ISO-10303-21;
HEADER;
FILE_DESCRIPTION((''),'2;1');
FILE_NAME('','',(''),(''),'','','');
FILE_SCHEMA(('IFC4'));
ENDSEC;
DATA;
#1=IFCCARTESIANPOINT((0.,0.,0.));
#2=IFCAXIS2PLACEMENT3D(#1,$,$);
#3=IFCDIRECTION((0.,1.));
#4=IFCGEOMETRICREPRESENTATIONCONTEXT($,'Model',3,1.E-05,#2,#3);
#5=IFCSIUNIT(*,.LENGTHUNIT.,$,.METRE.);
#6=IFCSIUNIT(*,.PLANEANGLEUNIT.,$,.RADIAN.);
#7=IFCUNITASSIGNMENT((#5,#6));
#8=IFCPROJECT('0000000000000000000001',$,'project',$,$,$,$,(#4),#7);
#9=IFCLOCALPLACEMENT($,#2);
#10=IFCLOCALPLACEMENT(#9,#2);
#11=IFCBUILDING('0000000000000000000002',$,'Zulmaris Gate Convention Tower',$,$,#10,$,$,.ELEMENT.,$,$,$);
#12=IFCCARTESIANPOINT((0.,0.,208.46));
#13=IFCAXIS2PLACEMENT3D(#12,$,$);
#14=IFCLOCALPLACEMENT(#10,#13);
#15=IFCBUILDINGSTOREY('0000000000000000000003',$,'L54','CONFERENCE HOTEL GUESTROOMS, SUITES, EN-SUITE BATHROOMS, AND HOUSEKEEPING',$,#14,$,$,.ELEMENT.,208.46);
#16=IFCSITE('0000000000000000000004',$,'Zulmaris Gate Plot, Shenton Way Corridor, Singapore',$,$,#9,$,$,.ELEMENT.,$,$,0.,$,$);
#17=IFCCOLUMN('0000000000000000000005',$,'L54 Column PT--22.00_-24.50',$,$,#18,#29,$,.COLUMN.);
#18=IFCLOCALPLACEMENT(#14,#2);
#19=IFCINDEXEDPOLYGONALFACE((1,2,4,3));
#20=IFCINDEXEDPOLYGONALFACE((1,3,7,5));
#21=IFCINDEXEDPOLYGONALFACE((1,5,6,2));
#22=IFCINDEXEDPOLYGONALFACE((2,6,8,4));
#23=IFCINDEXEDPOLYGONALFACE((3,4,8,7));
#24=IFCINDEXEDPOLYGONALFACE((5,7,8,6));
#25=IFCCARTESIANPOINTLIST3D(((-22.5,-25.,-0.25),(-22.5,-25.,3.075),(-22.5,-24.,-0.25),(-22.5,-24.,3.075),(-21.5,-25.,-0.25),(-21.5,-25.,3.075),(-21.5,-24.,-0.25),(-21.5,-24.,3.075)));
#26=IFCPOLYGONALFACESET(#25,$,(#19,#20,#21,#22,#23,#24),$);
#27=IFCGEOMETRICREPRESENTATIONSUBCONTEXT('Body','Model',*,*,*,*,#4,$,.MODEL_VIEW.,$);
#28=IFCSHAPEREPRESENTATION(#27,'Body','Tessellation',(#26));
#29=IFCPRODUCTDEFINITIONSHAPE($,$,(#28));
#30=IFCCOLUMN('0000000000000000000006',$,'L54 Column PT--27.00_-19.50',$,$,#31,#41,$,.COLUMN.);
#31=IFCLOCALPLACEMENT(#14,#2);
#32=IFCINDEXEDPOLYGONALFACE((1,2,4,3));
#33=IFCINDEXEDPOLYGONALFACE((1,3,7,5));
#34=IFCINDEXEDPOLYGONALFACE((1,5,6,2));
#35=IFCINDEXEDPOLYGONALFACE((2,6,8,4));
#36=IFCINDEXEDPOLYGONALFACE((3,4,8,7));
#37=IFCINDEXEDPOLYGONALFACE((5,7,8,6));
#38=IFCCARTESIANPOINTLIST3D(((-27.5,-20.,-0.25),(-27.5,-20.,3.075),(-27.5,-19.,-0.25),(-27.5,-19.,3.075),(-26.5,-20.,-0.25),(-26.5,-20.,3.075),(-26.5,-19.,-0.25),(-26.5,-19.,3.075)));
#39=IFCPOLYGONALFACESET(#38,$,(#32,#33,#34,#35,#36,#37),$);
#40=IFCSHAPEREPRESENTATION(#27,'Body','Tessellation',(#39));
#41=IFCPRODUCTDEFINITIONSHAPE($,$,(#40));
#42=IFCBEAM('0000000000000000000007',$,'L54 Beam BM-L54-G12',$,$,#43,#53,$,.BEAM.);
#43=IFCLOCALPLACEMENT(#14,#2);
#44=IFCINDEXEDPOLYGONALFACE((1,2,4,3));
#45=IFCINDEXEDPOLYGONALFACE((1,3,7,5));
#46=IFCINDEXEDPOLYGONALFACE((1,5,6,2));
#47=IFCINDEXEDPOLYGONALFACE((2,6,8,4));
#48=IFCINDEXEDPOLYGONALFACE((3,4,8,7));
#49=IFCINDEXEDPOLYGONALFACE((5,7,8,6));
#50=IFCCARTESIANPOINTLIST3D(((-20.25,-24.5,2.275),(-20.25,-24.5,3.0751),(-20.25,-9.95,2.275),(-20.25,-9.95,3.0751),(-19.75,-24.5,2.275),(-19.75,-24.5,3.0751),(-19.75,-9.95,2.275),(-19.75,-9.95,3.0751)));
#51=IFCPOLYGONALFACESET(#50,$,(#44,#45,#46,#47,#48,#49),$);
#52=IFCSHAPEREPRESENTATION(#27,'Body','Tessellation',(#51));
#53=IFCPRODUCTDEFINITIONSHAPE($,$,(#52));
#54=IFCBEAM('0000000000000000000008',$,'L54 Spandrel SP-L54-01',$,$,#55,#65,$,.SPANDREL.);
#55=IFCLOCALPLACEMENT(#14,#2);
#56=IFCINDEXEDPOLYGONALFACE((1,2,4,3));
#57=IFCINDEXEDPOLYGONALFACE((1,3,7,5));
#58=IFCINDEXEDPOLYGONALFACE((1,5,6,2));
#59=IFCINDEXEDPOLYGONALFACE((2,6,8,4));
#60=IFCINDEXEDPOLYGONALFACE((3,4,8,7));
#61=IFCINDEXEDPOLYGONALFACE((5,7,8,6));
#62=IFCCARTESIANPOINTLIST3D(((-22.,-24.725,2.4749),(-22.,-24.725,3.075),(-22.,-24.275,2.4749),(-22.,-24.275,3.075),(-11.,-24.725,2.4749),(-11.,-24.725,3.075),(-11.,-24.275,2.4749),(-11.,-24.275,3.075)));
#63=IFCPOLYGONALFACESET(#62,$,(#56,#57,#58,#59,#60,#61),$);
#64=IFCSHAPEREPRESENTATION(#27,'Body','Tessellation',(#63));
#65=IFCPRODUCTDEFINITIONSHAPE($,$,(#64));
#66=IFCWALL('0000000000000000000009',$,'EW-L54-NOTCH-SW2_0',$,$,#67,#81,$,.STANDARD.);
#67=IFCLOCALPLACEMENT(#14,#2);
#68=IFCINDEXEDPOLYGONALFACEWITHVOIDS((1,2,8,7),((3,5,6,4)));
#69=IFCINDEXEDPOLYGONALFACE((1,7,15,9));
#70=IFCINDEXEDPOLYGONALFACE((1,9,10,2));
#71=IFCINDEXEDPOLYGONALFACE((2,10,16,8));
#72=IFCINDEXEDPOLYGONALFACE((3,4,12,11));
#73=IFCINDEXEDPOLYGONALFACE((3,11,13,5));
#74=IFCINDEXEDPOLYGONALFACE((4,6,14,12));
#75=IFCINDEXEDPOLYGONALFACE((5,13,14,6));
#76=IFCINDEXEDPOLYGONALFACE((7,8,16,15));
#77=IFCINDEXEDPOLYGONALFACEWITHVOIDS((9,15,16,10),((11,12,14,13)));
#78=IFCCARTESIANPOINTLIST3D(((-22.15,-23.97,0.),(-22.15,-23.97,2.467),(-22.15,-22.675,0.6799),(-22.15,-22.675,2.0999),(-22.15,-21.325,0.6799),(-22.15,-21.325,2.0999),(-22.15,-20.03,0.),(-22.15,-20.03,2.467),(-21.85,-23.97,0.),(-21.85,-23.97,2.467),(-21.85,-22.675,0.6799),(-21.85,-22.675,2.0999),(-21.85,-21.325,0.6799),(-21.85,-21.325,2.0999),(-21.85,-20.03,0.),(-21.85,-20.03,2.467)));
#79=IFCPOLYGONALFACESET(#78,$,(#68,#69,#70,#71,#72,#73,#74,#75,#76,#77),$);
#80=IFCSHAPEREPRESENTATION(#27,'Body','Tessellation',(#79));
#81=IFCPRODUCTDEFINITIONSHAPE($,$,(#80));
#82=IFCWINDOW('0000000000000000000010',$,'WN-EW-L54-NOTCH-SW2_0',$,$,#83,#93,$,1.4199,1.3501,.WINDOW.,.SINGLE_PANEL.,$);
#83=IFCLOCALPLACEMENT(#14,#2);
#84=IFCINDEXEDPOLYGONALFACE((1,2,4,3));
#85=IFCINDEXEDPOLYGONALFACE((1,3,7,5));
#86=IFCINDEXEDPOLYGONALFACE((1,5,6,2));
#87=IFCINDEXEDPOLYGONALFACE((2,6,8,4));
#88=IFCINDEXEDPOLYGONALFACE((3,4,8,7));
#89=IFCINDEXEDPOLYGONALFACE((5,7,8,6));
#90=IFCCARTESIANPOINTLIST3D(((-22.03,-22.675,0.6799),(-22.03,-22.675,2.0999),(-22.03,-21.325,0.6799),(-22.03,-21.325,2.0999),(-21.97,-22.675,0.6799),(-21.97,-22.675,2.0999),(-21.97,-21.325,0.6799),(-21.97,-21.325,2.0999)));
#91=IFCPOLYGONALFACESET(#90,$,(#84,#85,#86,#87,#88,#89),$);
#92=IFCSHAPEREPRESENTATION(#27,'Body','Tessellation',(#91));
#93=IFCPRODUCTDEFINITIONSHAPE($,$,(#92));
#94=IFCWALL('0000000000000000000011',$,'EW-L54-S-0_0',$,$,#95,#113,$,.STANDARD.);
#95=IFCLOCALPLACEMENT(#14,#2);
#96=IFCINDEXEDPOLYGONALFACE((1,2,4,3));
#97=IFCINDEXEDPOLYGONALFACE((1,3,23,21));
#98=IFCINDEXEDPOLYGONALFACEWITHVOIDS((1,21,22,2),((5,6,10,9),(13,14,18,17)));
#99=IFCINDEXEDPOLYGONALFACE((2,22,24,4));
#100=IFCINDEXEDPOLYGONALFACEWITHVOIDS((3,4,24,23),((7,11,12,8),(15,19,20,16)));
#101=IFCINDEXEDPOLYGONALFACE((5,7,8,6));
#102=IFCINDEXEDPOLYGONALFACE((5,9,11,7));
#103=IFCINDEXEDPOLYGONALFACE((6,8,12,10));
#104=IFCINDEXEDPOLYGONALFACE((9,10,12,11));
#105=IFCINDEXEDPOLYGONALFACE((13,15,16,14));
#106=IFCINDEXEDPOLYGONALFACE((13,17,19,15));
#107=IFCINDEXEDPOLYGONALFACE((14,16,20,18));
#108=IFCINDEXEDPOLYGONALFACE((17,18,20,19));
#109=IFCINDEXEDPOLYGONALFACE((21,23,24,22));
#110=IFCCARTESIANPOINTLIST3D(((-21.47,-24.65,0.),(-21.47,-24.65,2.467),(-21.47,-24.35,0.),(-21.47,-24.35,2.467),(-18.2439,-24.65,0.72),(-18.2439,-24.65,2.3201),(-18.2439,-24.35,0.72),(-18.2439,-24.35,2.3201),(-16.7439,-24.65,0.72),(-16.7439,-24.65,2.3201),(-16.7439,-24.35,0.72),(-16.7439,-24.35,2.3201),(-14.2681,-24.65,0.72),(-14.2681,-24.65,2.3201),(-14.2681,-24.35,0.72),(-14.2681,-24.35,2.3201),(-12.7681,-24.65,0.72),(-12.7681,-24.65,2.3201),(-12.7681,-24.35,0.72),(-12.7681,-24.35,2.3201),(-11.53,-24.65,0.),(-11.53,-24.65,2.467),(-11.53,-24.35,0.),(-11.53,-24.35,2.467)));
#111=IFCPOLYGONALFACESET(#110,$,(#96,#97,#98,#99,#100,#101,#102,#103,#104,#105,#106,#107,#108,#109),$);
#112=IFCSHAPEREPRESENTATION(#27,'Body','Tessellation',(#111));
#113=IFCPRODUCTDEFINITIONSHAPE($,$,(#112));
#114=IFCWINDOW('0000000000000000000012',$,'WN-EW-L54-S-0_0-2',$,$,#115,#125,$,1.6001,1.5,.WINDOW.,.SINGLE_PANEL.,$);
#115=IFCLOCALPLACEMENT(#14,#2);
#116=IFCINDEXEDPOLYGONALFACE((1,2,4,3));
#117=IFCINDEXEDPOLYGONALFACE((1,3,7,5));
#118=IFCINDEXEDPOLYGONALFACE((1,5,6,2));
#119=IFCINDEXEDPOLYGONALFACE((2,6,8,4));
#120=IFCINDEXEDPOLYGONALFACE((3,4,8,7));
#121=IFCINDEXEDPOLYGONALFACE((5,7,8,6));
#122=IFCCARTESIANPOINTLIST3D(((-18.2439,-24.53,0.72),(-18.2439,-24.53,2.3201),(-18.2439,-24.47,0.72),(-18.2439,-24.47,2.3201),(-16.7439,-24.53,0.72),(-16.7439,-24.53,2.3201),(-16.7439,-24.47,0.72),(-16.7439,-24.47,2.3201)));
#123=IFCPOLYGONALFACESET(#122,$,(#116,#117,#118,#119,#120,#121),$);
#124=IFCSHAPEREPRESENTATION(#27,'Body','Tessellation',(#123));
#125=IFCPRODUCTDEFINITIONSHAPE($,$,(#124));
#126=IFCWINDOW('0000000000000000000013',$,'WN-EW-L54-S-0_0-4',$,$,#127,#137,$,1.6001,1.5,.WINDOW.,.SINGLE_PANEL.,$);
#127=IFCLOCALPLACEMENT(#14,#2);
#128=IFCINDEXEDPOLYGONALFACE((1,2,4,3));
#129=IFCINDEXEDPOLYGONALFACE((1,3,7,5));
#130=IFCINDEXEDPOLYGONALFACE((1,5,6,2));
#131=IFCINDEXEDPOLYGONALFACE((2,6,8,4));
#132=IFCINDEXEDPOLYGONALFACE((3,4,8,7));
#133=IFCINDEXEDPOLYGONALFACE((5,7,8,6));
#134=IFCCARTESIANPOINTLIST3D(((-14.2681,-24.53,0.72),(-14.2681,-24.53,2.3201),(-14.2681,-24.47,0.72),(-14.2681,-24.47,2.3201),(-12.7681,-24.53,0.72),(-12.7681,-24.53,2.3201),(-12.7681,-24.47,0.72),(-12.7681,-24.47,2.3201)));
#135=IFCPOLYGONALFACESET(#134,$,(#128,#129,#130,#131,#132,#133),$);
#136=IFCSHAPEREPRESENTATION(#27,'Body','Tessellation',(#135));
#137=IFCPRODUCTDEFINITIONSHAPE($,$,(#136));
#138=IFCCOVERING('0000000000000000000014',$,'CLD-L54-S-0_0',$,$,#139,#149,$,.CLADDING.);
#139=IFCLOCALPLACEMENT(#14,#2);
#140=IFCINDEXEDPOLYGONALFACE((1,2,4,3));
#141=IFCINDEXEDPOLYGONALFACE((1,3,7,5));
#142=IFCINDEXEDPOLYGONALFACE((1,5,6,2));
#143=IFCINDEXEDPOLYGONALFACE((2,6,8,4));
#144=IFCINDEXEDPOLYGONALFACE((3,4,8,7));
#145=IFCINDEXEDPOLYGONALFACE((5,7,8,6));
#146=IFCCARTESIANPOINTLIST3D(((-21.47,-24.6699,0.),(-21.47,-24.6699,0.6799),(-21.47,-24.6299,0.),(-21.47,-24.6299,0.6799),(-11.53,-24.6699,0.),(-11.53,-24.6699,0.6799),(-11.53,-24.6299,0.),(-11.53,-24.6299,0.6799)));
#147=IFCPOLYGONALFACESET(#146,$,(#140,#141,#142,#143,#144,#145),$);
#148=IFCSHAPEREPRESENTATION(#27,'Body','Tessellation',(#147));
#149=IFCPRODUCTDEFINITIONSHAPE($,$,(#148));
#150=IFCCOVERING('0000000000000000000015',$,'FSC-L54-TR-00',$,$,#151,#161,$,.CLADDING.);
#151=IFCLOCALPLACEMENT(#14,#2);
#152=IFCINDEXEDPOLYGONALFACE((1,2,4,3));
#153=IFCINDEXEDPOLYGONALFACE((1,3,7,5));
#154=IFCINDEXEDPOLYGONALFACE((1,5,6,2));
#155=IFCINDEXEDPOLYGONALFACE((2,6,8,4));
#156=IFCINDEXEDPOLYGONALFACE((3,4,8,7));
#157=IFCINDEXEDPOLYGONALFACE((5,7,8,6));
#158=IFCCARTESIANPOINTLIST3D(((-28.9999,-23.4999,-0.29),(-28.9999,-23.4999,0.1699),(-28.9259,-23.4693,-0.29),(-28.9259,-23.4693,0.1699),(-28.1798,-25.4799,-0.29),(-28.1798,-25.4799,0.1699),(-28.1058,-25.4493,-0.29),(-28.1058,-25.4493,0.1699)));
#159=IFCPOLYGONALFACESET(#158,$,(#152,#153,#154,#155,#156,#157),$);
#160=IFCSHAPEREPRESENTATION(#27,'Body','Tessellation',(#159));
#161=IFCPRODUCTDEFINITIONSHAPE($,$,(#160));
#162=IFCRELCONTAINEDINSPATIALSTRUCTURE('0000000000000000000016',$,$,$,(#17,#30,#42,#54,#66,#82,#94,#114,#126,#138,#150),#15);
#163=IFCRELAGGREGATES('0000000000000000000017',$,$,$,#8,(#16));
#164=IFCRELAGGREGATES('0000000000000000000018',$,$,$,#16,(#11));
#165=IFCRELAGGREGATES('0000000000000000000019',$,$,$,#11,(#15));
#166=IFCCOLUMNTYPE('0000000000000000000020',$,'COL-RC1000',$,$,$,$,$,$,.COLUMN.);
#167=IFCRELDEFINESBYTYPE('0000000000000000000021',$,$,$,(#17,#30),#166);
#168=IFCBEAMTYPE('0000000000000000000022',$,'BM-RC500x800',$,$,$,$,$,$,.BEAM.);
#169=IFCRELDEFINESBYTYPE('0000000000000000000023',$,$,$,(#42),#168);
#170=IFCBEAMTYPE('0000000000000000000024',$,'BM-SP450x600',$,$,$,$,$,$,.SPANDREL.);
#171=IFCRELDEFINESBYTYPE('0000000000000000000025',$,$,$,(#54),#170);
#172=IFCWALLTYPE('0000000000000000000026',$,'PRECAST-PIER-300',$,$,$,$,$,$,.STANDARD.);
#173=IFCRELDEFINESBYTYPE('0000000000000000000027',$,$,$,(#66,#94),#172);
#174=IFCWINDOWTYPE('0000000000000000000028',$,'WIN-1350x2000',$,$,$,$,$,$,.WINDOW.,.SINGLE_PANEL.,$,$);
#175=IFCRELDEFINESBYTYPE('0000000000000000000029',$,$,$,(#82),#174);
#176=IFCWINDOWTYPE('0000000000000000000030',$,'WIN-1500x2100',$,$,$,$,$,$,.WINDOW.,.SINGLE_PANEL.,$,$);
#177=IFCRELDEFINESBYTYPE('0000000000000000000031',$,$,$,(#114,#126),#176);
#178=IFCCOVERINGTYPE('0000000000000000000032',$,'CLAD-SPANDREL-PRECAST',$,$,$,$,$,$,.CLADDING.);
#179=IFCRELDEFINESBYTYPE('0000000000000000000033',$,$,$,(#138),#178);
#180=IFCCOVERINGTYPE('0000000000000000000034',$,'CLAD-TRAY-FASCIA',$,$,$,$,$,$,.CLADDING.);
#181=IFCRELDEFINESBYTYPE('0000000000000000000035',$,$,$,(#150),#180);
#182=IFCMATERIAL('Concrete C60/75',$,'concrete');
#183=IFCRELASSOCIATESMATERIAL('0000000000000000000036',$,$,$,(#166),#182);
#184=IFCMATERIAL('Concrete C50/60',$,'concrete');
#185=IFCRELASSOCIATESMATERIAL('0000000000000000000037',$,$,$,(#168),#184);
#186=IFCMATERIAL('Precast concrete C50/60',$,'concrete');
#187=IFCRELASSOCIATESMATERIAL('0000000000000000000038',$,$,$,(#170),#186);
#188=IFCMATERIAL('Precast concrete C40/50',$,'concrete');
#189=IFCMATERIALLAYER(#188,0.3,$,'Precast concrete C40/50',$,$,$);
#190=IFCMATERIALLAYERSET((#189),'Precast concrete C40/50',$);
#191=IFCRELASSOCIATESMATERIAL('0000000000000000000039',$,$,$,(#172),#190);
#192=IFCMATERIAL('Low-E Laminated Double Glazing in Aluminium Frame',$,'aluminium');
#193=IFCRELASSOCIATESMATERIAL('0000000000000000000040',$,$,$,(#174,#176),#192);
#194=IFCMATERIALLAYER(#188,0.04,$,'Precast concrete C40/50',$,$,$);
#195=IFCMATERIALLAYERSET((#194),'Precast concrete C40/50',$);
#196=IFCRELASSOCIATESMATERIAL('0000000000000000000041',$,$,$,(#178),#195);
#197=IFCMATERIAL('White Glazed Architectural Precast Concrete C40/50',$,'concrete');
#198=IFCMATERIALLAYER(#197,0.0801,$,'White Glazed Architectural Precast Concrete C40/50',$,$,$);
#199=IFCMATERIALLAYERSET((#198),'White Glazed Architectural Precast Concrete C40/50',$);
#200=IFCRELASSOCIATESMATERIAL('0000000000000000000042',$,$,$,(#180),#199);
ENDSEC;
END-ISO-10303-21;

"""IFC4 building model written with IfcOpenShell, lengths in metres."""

from ifc_helpers import new_model, si_unit, direction, frame, frame_2d, origin, origin_2d, place, context, subcontext, project, spatial, rectangle, extrude, material, layer, layer_set, material_profile, profile_set, type_object, element, fill, save


model = new_model("IFC4")

# Units and contexts
model_context = context("Model", 3, precision=1e-05, world=origin(), true_north=direction((0.0, 1.0)))
body_context = subcontext(model_context, "Body", "Model", "MODEL_VIEW")
ifc_project = project(units=[si_unit("LENGTHUNIT", "METRE"), si_unit("PLANEANGLEUNIT", "RADIAN")], contexts=[model_context])

# Site, building, storey
site_placement = place(None, origin())
site = spatial("IfcSite", under=ifc_project, at=site_placement, Name="Zulmaris Gate Plot, Shenton Way Corridor, Singapore", CompositionType="ELEMENT", RefElevation=0.0)
building_placement = place(site_placement, origin())
building = spatial("IfcBuilding", under=site, at=building_placement, Name="Zulmaris Gate Convention Tower", CompositionType="ELEMENT")
storey_placement = place(building_placement, frame((0.0, 0.0, 208.46)))
storey = spatial("IfcBuildingStorey", under=building, at=storey_placement, Name="L54", Description="CONFERENCE HOTEL GUESTROOMS, SUITES, EN-SUITE BATHROOMS, AND HOUSEKEEPING", CompositionType="ELEMENT", Elevation=208.46)

# Columns
ifc_material_1 = material(Name="Concrete C60/75", Category="concrete")
ifc_material_profile_1 = material_profile(ifc_material_1, rectangle(XDim=1.0, YDim=1.0, at=origin_2d()), Name="RC COL 1000x1000")
ifc_profile_set_1 = profile_set([ifc_material_profile_1], Name="Concrete C60/75")
column_type = type_object("IfcColumnType", Name="COL-RC1000", PredefinedType="COLUMN", material=ifc_profile_set_1)
for number, where, z_axis, x_axis, name in (
    (1, (-22.0, -24.5, -0.25), (0.0, 0.0, 1.0), (1.0, 0.0, 0.0), "L54 Column PT--22.00_-24.50"),
    (2, (-27.0, -19.5, -0.25), (0.0, 0.0, 1.0), (1.0, 0.0, 0.0), "L54 Column PT--27.00_-19.50"),
):
    element("IfcColumn", number, at=place(storey_placement, frame(where, z_axis=z_axis, x_axis=x_axis)), inside=storey, type_object=column_type, Name=name, PredefinedType="COLUMN", context=body_context, shape_type="SweptSolid", body=[
        extrude(rectangle(XDim=1.0, YDim=1.0, at=origin_2d()), origin(), (0.0, 0.0, 1.0), 3.325),
    ])

# Beams
ifc_material_2 = material(Name="Concrete C50/60", Category="concrete")
ifc_material_profile_2 = material_profile(ifc_material_2, rectangle(XDim=0.5, YDim=0.8, at=origin_2d()), Name="RC BEAM 500x800")
ifc_profile_set_2 = profile_set([ifc_material_profile_2], Name="Concrete C50/60")
beam_type_1 = type_object("IfcBeamType", Name="BM-RC500x800", PredefinedType="BEAM", material=ifc_profile_set_2)
beam_1_placement = place(storey_placement, frame((-20.0, -24.5, 2.675), z_axis=(0.0, 1.0, 0.0), x_axis=(-1.0, 0.0, 0.0)))
element("IfcBeam", 3, at=beam_1_placement, inside=storey, type_object=beam_type_1, Name="L54 Beam BM-L54-G12", PredefinedType="BEAM", context=body_context, shape_type="SweptSolid", body=[
    extrude(rectangle(XDim=0.5, YDim=0.8, at=origin_2d()), origin(), (0.0, 0.0, 1.0), 14.55),
])
ifc_material_3 = material(Name="Precast concrete C50/60", Category="concrete")
ifc_material_profile_3 = material_profile(ifc_material_3, rectangle(XDim=0.45, YDim=0.6001, at=origin_2d()), Name="RC SPANDREL 450x600")
ifc_profile_set_3 = profile_set([ifc_material_profile_3], Name="Precast concrete C50/60")
beam_type_2 = type_object("IfcBeamType", Name="BM-SP450x600", PredefinedType="SPANDREL", material=ifc_profile_set_3)
beam_2_placement = place(storey_placement, frame((-22.0, -24.5, 2.7749), z_axis=(1.0, 0.0, 0.0), x_axis=(0.0, 1.0, 0.0)))
element("IfcBeam", 4, at=beam_2_placement, inside=storey, type_object=beam_type_2, Name="L54 Spandrel SP-L54-01", PredefinedType="SPANDREL", context=body_context, shape_type="SweptSolid", body=[
    extrude(rectangle(XDim=0.45, YDim=0.6001, at=origin_2d()), origin(), (0.0, 0.0, 1.0), 11.0),
])

# Wall, opening, window
ifc_material_4 = material(Name="Precast concrete C40/50", Category="concrete")
ifc_layer_1 = layer(ifc_material_4, 0.3, Name="Precast concrete C40/50")
ifc_layer_set_1 = layer_set([ifc_layer_1], Name="Precast concrete C40/50")
wall_type = type_object("IfcWallType", Name="PRECAST-PIER-300", PredefinedType="STANDARD", material=ifc_layer_set_1)
wall_1_placement = place(storey_placement, frame((-22.0, -20.03, 0.0), z_axis=(0.0, 0.0, 1.0), x_axis=(0.0, -1.0, 0.0)))
wall_1 = element("IfcWall", 5, at=wall_1_placement, inside=storey, type_object=wall_type, Name="EW-L54-NOTCH-SW2_0", PredefinedType="STANDARD", context=body_context, shape_type="SweptSolid", body=[
    extrude(rectangle(XDim=3.9399, YDim=0.3, at=frame_2d((1.97, 0.0))), origin(), (0.0, 0.0, 1.0), 2.467),
])
opening_1_placement = place(wall_1_placement, frame((1.2949, 0.0, 0.6799)))
opening_1 = element("IfcOpeningElement", 6, at=opening_1_placement, cuts=wall_1, PredefinedType="OPENING", context=body_context, shape_type="SweptSolid", body=[
    extrude(rectangle(XDim=1.3501, YDim=1.4199, at=frame_2d((0.675, 0.71))), frame((0.0, 0.1602, 0.0), z_axis=(0.0, -1.0, 0.0), x_axis=(1.0, 0.0, 0.0)), (0.0, 0.0, 1.0), 0.3201),
])
ifc_material_5 = material(Name="Low-E Laminated Double Glazing in Aluminium Frame", Category="aluminium")
window_type_1 = type_object("IfcWindowType", Name="WIN-1350x2000", PartitioningType="SINGLE_PANEL", PredefinedType="WINDOW", material=ifc_material_5)
window_1_placement = place(opening_1_placement, origin())
window_1 = element("IfcWindow", 7, at=window_1_placement, inside=storey, type_object=window_type_1, Name="WN-EW-L54-NOTCH-SW2_0", OverallHeight=1.4199, OverallWidth=1.3501, PartitioningType="SINGLE_PANEL", PredefinedType="WINDOW", context=body_context, shape_type="SweptSolid", body=[
    extrude(rectangle(XDim=1.3501, YDim=1.4199, at=frame_2d((0.675, 0.71))), frame((0.0, 0.03, 0.0), z_axis=(0.0, -1.0, 0.0), x_axis=(1.0, 0.0, 0.0)), (0.0, 0.0, 1.0), 0.0601),
])
fill(opening_1, window_1)

# Wall, openings, windows
wall_2_placement = place(storey_placement, frame((-21.47, -24.5, 0.0), z_axis=(0.0, 0.0, 1.0), x_axis=(1.0, 0.0, 0.0)))
wall_2 = element("IfcWall", 8, at=wall_2_placement, inside=storey, type_object=wall_type, Name="EW-L54-S-0_0", PredefinedType="STANDARD", context=body_context, shape_type="SweptSolid", body=[
    extrude(rectangle(XDim=9.9399, YDim=0.3, at=frame_2d((4.97, 0.0))), origin(), (0.0, 0.0, 1.0), 2.467),
])
opening_2_placement = place(wall_2_placement, frame((3.2261, 0.0, 0.72)))
opening_2 = element("IfcOpeningElement", 9, at=opening_2_placement, cuts=wall_2, PredefinedType="OPENING", context=body_context, shape_type="SweptSolid", body=[
    extrude(rectangle(XDim=1.5, YDim=1.6001, at=frame_2d((0.75, 0.8))), frame((0.0, 0.1602, 0.0), z_axis=(0.0, -1.0, 0.0), x_axis=(1.0, 0.0, 0.0)), (0.0, 0.0, 1.0), 0.3201),
])
opening_3_placement = place(wall_2_placement, frame((7.2019, 0.0, 0.72)))
opening_3 = element("IfcOpeningElement", 10, at=opening_3_placement, cuts=wall_2, PredefinedType="OPENING", context=body_context, shape_type="SweptSolid", body=[
    extrude(rectangle(XDim=1.5, YDim=1.6001, at=frame_2d((0.75, 0.8))), frame((0.0, 0.1602, 0.0), z_axis=(0.0, -1.0, 0.0), x_axis=(1.0, 0.0, 0.0)), (0.0, 0.0, 1.0), 0.3201),
])
window_type_2 = type_object("IfcWindowType", Name="WIN-1500x2100", PartitioningType="SINGLE_PANEL", PredefinedType="WINDOW", material=ifc_material_5)
window_2_placement = place(opening_2_placement, origin())
window_2 = element("IfcWindow", 11, at=window_2_placement, inside=storey, type_object=window_type_2, Name="WN-EW-L54-S-0_0-2", OverallHeight=1.6001, OverallWidth=1.5, PartitioningType="SINGLE_PANEL", PredefinedType="WINDOW", context=body_context, shape_type="SweptSolid", body=[
    extrude(rectangle(XDim=1.5, YDim=1.6001, at=frame_2d((0.75, 0.8))), frame((0.0, 0.03, 0.0), z_axis=(0.0, -1.0, 0.0), x_axis=(1.0, 0.0, 0.0)), (0.0, 0.0, 1.0), 0.0601),
])
fill(opening_2, window_2)
window_3_placement = place(opening_3_placement, origin())
window_3 = element("IfcWindow", 12, at=window_3_placement, inside=storey, type_object=window_type_2, Name="WN-EW-L54-S-0_0-4", OverallHeight=1.6001, OverallWidth=1.5, PartitioningType="SINGLE_PANEL", PredefinedType="WINDOW", context=body_context, shape_type="SweptSolid", body=[
    extrude(rectangle(XDim=1.5, YDim=1.6001, at=frame_2d((0.75, 0.8))), frame((0.0, 0.03, 0.0), z_axis=(0.0, -1.0, 0.0), x_axis=(1.0, 0.0, 0.0)), (0.0, 0.0, 1.0), 0.0601),
])
fill(opening_3, window_3)

# Coverings
ifc_layer_2 = layer(ifc_material_4, 0.04, Name="Precast concrete C40/50")
ifc_layer_set_2 = layer_set([ifc_layer_2], Name="Precast concrete C40/50")
covering_type_1 = type_object("IfcCoveringType", Name="CLAD-SPANDREL-PRECAST", PredefinedType="CLADDING", material=ifc_layer_set_2)
covering_1_placement = place(storey_placement, frame((-21.47, -24.6499, 0.0), z_axis=(0.0, 0.0, 1.0), x_axis=(1.0, 0.0, 0.0)))
element("IfcCovering", 13, at=covering_1_placement, inside=storey, type_object=covering_type_1, Name="CLD-L54-S-0_0", PredefinedType="CLADDING", context=body_context, shape_type="SweptSolid", body=[
    extrude(rectangle(XDim=9.9399, YDim=0.04, at=frame_2d((4.97, 0.0))), origin(), (0.0, 0.0, 1.0), 0.6799),
])
ifc_material_6 = material(Name="White Glazed Architectural Precast Concrete C40/50", Category="concrete")
ifc_layer_3 = layer(ifc_material_6, 0.0801, Name="White Glazed Architectural Precast Concrete C40/50")
ifc_layer_set_3 = layer_set([ifc_layer_3], Name="White Glazed Architectural Precast Concrete C40/50")
covering_type_2 = type_object("IfcCoveringType", Name="CLAD-TRAY-FASCIA", PredefinedType="CLADDING", material=ifc_layer_set_3)
covering_2_placement = place(storey_placement, frame((-28.9629, -23.4846, -0.29), z_axis=(0.0, 0.0, 1.0), x_axis=(0.382657, -0.92389, 0.0)))
element("IfcCovering", 14, at=covering_2_placement, inside=storey, type_object=covering_type_2, Name="FSC-L54-TR-00", PredefinedType="CLADDING", context=body_context, shape_type="SweptSolid", body=[
    extrude(rectangle(XDim=2.1431, YDim=0.0801, at=frame_2d((1.0715, 0.0))), origin(), (0.0, 0.0, 1.0), 0.46),
])

save(model, "model.ifc")
